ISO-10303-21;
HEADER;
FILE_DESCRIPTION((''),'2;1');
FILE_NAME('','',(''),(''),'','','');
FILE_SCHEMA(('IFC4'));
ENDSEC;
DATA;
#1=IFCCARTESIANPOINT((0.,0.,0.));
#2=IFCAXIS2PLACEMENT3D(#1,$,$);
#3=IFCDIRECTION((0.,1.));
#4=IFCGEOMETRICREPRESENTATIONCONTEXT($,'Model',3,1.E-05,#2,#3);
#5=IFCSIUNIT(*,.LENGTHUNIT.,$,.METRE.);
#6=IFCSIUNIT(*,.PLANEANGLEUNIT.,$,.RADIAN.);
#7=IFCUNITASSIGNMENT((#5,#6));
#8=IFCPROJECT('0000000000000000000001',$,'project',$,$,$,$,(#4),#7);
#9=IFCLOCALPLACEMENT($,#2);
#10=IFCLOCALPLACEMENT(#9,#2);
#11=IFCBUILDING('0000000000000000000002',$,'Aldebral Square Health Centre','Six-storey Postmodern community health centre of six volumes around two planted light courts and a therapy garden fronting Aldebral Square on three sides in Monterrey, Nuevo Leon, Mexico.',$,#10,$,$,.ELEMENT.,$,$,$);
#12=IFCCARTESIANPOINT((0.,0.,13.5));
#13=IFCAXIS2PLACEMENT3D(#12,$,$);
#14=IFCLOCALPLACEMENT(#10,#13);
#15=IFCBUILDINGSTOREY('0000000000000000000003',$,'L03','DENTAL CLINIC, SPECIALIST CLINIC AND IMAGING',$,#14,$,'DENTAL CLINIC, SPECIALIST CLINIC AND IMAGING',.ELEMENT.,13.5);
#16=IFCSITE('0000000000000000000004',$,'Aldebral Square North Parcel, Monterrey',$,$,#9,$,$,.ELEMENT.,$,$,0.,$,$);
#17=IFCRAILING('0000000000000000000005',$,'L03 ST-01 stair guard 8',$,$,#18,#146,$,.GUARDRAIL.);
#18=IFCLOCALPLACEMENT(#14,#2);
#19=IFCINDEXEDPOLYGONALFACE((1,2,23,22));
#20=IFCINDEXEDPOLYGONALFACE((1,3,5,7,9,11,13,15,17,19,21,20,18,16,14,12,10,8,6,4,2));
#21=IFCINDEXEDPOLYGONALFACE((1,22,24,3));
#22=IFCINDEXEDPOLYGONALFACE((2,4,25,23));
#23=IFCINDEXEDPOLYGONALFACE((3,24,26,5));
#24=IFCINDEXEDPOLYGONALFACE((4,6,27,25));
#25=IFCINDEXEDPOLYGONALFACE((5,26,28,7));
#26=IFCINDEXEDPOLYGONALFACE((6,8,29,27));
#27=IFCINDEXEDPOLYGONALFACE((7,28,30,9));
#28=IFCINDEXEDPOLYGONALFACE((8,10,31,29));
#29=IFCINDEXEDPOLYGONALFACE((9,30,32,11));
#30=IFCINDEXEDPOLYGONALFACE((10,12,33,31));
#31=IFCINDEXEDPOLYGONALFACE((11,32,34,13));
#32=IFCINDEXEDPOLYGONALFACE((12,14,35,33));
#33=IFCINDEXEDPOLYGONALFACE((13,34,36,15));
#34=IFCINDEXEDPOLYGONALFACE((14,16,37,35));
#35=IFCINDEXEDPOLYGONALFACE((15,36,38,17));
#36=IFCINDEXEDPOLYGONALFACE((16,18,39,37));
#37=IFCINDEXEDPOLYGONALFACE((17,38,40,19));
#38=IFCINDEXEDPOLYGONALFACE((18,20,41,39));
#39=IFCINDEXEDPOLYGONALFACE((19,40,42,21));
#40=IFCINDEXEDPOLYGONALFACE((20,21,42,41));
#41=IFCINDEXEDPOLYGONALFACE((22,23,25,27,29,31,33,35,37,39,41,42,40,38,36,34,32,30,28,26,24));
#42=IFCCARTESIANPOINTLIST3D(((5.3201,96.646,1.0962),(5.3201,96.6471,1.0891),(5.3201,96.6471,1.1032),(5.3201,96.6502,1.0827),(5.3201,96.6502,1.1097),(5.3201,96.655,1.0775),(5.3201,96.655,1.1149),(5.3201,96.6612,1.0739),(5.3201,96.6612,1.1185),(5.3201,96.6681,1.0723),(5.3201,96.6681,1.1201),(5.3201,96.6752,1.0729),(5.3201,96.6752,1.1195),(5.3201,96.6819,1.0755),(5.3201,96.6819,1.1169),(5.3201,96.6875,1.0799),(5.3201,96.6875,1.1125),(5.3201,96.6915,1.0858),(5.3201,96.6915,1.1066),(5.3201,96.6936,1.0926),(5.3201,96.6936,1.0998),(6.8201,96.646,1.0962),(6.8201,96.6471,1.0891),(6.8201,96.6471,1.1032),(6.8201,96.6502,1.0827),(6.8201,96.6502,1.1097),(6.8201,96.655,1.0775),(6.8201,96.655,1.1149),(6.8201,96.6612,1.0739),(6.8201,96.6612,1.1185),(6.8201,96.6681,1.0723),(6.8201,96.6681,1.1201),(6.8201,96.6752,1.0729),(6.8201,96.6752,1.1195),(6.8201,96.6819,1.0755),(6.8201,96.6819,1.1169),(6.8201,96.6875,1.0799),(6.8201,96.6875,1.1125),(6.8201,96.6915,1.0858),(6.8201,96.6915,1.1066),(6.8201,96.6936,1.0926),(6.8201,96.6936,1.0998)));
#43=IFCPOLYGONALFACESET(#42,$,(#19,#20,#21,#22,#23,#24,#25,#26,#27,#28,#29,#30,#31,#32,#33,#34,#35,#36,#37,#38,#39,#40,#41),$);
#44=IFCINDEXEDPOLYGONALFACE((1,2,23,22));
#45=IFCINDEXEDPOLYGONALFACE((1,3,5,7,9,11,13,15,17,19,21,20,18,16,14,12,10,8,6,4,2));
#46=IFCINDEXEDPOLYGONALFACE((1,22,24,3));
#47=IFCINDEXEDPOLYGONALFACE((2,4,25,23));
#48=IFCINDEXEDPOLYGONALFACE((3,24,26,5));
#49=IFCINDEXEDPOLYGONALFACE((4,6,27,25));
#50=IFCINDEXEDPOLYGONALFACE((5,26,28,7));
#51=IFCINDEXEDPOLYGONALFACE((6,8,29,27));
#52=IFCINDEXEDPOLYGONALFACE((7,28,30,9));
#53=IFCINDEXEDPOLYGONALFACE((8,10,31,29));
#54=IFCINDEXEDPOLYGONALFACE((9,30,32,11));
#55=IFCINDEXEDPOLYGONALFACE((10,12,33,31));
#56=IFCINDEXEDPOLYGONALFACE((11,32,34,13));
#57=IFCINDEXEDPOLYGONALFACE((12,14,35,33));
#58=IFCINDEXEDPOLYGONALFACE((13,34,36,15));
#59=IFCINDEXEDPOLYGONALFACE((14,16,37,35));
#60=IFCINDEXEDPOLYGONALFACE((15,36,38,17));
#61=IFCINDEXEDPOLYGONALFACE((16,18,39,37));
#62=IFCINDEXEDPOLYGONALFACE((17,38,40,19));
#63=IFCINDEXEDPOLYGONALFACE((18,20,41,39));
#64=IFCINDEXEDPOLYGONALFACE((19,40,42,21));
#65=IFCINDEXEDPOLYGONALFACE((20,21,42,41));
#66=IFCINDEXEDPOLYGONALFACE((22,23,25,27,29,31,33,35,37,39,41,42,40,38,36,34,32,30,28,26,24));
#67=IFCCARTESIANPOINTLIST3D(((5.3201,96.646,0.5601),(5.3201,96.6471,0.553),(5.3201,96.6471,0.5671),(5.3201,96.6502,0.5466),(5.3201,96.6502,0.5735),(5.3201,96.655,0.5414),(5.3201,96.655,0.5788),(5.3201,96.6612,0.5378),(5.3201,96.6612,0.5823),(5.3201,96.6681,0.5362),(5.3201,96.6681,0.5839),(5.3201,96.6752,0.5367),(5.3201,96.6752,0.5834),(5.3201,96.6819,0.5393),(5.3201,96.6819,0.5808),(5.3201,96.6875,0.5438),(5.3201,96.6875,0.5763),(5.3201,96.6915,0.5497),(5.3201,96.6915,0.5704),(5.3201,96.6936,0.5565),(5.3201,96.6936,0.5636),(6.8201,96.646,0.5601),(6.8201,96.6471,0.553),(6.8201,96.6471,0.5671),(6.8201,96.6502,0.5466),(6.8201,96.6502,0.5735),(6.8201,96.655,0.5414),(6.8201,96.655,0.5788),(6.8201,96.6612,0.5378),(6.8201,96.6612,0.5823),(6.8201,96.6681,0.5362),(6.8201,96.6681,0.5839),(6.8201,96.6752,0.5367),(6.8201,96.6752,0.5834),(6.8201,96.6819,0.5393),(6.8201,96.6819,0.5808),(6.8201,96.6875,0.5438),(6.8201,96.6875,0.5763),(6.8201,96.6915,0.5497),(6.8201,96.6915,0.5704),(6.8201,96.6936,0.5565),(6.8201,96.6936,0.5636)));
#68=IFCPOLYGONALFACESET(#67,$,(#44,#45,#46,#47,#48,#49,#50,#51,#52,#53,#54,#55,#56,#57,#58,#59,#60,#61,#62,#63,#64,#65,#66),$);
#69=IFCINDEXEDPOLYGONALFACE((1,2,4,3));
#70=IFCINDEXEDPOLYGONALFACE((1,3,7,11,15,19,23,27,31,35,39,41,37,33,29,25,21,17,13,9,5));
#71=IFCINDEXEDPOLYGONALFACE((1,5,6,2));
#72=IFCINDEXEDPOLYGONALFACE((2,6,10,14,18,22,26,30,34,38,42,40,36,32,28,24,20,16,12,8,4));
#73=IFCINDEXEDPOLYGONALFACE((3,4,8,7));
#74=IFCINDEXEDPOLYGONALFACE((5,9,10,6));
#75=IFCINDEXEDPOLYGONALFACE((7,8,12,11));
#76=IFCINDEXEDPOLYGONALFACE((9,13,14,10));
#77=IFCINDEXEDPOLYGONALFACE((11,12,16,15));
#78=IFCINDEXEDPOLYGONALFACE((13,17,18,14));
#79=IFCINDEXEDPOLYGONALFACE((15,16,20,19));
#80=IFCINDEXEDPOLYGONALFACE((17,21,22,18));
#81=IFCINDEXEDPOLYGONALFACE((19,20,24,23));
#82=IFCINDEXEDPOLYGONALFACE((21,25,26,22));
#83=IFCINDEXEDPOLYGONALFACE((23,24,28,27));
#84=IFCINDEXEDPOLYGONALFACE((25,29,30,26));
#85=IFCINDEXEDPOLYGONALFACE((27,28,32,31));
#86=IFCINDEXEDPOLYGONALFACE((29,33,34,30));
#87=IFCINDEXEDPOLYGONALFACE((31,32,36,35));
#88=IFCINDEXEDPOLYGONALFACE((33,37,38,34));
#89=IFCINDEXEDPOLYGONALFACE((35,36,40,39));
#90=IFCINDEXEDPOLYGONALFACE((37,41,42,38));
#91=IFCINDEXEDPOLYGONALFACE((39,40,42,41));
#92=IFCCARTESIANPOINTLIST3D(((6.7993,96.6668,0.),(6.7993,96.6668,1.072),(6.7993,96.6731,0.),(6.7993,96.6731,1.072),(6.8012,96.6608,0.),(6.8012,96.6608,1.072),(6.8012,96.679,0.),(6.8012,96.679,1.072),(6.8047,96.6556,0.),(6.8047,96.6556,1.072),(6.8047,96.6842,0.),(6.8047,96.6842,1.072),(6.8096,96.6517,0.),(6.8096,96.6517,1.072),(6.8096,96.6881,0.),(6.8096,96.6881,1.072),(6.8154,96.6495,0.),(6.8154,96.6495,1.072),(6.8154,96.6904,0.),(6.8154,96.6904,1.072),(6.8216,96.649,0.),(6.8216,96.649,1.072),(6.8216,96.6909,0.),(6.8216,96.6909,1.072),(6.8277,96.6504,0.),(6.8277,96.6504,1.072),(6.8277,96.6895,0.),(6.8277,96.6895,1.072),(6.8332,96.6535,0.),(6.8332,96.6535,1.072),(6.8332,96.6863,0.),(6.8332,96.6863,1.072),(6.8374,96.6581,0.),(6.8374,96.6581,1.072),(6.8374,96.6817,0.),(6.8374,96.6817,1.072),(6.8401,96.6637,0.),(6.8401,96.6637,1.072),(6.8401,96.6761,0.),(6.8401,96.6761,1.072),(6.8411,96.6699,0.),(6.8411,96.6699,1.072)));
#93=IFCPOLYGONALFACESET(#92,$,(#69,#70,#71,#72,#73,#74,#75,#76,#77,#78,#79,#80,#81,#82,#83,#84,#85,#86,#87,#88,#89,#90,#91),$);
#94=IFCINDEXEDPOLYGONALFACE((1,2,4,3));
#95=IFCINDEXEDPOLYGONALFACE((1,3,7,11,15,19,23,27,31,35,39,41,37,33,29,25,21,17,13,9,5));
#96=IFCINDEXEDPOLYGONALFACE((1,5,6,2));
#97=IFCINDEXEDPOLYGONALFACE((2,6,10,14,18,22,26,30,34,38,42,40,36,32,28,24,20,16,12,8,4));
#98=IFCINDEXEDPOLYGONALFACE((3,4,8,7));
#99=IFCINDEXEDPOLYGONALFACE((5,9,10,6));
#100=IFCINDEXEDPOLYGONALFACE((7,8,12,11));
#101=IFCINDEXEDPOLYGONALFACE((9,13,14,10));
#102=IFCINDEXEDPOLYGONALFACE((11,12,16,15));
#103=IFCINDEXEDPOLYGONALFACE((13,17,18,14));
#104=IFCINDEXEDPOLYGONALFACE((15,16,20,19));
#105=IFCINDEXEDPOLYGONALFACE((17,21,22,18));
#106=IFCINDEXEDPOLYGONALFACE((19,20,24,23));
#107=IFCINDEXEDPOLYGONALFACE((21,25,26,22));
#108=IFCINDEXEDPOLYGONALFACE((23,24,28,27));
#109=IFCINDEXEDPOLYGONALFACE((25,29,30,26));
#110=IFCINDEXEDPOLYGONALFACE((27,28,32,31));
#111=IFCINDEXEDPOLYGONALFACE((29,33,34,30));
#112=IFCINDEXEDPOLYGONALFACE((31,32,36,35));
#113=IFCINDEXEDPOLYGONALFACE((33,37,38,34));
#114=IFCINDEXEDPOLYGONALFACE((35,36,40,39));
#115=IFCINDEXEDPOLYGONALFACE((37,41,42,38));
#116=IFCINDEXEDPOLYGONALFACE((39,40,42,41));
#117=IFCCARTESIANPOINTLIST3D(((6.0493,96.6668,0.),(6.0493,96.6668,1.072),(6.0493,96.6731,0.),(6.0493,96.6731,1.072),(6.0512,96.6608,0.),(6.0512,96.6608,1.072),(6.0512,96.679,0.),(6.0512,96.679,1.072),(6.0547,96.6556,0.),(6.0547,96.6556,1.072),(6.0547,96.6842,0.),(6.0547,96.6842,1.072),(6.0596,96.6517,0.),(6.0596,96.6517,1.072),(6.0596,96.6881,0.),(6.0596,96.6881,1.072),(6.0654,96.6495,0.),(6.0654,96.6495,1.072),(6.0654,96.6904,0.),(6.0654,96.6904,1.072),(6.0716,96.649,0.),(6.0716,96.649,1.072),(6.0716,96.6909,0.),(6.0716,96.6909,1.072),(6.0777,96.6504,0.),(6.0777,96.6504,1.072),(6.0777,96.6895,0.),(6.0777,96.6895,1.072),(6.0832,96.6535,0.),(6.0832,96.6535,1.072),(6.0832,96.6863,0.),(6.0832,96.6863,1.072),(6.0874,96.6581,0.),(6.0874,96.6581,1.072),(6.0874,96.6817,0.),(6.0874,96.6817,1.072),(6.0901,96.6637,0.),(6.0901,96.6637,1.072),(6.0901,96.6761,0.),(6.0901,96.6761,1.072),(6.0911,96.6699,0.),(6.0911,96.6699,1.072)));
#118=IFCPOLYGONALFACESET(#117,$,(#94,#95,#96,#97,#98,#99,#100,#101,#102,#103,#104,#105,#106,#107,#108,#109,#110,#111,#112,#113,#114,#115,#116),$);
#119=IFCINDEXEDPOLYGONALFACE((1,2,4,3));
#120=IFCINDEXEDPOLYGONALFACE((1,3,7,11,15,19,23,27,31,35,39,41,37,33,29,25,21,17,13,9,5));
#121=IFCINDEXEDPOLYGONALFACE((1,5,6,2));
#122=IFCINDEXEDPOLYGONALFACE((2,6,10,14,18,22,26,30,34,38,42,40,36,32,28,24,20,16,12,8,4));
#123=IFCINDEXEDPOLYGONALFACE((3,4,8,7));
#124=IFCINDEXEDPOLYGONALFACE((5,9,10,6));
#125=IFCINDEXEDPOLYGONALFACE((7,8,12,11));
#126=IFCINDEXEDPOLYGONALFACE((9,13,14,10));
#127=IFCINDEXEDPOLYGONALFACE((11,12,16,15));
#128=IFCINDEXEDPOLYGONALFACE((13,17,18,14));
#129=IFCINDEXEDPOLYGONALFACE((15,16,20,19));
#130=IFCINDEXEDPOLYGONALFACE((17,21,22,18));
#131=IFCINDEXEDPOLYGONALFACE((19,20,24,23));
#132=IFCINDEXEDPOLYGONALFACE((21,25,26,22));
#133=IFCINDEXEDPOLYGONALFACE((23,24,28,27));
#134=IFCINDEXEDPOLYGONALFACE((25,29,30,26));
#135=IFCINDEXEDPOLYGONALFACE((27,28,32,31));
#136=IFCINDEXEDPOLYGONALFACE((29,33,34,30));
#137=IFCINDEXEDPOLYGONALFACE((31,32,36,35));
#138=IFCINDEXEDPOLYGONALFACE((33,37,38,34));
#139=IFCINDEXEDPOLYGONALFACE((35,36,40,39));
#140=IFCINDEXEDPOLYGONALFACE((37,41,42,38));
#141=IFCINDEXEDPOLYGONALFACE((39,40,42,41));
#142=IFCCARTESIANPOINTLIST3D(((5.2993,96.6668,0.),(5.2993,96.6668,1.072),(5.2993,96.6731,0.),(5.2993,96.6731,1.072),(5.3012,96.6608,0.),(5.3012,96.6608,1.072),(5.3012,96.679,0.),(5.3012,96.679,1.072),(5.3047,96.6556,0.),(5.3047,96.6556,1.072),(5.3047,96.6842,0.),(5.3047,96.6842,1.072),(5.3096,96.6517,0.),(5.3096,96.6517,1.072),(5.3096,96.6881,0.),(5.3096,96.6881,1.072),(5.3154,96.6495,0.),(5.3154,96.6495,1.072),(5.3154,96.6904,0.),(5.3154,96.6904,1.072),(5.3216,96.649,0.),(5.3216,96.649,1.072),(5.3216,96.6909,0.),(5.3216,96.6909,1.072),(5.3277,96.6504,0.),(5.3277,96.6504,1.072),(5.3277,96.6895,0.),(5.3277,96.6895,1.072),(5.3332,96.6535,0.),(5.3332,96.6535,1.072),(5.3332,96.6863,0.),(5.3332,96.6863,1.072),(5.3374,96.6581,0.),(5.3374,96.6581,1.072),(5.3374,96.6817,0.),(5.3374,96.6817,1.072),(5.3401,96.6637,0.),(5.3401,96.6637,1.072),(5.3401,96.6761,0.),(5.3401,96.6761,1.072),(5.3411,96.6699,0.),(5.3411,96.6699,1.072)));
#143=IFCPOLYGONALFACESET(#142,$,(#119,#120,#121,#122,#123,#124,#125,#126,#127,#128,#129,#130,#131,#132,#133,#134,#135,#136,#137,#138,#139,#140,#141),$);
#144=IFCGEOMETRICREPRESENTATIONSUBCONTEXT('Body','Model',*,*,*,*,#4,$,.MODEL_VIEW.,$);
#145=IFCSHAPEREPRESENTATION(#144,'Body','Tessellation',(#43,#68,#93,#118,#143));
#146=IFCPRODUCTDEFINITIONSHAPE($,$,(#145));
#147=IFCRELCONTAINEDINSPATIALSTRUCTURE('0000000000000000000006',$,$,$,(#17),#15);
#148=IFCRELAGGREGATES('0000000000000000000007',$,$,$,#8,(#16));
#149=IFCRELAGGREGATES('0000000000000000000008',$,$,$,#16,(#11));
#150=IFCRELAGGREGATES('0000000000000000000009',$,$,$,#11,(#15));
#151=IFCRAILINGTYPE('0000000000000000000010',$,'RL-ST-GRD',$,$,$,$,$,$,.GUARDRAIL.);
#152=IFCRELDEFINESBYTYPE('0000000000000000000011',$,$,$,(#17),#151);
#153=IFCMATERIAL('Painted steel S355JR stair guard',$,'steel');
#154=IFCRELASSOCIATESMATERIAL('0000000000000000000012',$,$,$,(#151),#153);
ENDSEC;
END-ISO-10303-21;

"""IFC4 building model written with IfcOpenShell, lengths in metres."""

from ifc_helpers import new_model, si_unit, direction, frame, origin, origin_2d, place, context, subcontext, project, spatial, circle, extrude, material, type_object, element, save


model = new_model("IFC4")

# Units and contexts
model_context = context("Model", 3, precision=1e-05, world=origin(), true_north=direction((0.0, 1.0)))
body_context = subcontext(model_context, "Body", "Model", "MODEL_VIEW")
ifc_project = project(units=[si_unit("LENGTHUNIT", "METRE"), si_unit("PLANEANGLEUNIT", "RADIAN")], contexts=[model_context])

# Site, building, storey
site_placement = place(None, origin())
site = spatial("IfcSite", under=ifc_project, at=site_placement, Name="Aldebral Square North Parcel, Monterrey", CompositionType="ELEMENT", RefElevation=0.0)
building_placement = place(site_placement, origin())
building = spatial("IfcBuilding", under=site, at=building_placement, Name="Aldebral Square Health Centre", Description="Six-storey Postmodern community health centre of six volumes around two planted light courts and a therapy garden fronting Aldebral Square on three sides in Monterrey, Nuevo Leon, Mexico.", CompositionType="ELEMENT")
storey_placement = place(building_placement, frame((0.0, 0.0, 13.5)))
storey = spatial("IfcBuildingStorey", under=building, at=storey_placement, Name="L03", Description="DENTAL CLINIC, SPECIALIST CLINIC AND IMAGING", LongName="DENTAL CLINIC, SPECIALIST CLINIC AND IMAGING", CompositionType="ELEMENT", Elevation=13.5)

# Railing
ifc_material_1 = material(Name="Painted steel S355JR stair guard", Category="steel")
railing_type_1 = type_object("IfcRailingType", Name="RL-ST-GRD", PredefinedType="GUARDRAIL", material=ifc_material_1)
for number, where, name in (
    (1, (6.8201, 96.6699, 0.0), "L03 ST-01 stair guard 8"),
):
    element("IfcRailing", number, at=place(storey_placement, frame(where)), inside=storey, type_object=railing_type_1, Name=name, PredefinedType="GUARDRAIL", context=body_context, shape_type="SweptSolid", body=[
        extrude(circle(Radius=0.0239, at=origin_2d()), frame((0.0, 0.0, 1.0962), z_axis=(-1.0, 0.0, 0.0), x_axis=(0.0, -1.0, 0.0)), (0.0, 0.0, 1.0), 1.5),
        extrude(circle(Radius=0.0239, at=origin_2d()), frame((0.0, 0.0, 0.5601), z_axis=(-1.0, 0.0, 0.0), x_axis=(0.0, -1.0, 0.0)), (0.0, 0.0, 1.0), 1.5),
        extrude(circle(Radius=0.021, at=origin_2d()), origin(), (0.0, 0.0, 1.0), 1.072),
        extrude(circle(Radius=0.021, at=origin_2d()), frame((-0.75, 0.0, 0.0)), (0.0, 0.0, 1.0), 1.072),
        extrude(circle(Radius=0.021, at=origin_2d()), frame((-1.5, 0.0, 0.0)), (0.0, 0.0, 1.0), 1.072),
    ])

save(model, "model.ifc")
